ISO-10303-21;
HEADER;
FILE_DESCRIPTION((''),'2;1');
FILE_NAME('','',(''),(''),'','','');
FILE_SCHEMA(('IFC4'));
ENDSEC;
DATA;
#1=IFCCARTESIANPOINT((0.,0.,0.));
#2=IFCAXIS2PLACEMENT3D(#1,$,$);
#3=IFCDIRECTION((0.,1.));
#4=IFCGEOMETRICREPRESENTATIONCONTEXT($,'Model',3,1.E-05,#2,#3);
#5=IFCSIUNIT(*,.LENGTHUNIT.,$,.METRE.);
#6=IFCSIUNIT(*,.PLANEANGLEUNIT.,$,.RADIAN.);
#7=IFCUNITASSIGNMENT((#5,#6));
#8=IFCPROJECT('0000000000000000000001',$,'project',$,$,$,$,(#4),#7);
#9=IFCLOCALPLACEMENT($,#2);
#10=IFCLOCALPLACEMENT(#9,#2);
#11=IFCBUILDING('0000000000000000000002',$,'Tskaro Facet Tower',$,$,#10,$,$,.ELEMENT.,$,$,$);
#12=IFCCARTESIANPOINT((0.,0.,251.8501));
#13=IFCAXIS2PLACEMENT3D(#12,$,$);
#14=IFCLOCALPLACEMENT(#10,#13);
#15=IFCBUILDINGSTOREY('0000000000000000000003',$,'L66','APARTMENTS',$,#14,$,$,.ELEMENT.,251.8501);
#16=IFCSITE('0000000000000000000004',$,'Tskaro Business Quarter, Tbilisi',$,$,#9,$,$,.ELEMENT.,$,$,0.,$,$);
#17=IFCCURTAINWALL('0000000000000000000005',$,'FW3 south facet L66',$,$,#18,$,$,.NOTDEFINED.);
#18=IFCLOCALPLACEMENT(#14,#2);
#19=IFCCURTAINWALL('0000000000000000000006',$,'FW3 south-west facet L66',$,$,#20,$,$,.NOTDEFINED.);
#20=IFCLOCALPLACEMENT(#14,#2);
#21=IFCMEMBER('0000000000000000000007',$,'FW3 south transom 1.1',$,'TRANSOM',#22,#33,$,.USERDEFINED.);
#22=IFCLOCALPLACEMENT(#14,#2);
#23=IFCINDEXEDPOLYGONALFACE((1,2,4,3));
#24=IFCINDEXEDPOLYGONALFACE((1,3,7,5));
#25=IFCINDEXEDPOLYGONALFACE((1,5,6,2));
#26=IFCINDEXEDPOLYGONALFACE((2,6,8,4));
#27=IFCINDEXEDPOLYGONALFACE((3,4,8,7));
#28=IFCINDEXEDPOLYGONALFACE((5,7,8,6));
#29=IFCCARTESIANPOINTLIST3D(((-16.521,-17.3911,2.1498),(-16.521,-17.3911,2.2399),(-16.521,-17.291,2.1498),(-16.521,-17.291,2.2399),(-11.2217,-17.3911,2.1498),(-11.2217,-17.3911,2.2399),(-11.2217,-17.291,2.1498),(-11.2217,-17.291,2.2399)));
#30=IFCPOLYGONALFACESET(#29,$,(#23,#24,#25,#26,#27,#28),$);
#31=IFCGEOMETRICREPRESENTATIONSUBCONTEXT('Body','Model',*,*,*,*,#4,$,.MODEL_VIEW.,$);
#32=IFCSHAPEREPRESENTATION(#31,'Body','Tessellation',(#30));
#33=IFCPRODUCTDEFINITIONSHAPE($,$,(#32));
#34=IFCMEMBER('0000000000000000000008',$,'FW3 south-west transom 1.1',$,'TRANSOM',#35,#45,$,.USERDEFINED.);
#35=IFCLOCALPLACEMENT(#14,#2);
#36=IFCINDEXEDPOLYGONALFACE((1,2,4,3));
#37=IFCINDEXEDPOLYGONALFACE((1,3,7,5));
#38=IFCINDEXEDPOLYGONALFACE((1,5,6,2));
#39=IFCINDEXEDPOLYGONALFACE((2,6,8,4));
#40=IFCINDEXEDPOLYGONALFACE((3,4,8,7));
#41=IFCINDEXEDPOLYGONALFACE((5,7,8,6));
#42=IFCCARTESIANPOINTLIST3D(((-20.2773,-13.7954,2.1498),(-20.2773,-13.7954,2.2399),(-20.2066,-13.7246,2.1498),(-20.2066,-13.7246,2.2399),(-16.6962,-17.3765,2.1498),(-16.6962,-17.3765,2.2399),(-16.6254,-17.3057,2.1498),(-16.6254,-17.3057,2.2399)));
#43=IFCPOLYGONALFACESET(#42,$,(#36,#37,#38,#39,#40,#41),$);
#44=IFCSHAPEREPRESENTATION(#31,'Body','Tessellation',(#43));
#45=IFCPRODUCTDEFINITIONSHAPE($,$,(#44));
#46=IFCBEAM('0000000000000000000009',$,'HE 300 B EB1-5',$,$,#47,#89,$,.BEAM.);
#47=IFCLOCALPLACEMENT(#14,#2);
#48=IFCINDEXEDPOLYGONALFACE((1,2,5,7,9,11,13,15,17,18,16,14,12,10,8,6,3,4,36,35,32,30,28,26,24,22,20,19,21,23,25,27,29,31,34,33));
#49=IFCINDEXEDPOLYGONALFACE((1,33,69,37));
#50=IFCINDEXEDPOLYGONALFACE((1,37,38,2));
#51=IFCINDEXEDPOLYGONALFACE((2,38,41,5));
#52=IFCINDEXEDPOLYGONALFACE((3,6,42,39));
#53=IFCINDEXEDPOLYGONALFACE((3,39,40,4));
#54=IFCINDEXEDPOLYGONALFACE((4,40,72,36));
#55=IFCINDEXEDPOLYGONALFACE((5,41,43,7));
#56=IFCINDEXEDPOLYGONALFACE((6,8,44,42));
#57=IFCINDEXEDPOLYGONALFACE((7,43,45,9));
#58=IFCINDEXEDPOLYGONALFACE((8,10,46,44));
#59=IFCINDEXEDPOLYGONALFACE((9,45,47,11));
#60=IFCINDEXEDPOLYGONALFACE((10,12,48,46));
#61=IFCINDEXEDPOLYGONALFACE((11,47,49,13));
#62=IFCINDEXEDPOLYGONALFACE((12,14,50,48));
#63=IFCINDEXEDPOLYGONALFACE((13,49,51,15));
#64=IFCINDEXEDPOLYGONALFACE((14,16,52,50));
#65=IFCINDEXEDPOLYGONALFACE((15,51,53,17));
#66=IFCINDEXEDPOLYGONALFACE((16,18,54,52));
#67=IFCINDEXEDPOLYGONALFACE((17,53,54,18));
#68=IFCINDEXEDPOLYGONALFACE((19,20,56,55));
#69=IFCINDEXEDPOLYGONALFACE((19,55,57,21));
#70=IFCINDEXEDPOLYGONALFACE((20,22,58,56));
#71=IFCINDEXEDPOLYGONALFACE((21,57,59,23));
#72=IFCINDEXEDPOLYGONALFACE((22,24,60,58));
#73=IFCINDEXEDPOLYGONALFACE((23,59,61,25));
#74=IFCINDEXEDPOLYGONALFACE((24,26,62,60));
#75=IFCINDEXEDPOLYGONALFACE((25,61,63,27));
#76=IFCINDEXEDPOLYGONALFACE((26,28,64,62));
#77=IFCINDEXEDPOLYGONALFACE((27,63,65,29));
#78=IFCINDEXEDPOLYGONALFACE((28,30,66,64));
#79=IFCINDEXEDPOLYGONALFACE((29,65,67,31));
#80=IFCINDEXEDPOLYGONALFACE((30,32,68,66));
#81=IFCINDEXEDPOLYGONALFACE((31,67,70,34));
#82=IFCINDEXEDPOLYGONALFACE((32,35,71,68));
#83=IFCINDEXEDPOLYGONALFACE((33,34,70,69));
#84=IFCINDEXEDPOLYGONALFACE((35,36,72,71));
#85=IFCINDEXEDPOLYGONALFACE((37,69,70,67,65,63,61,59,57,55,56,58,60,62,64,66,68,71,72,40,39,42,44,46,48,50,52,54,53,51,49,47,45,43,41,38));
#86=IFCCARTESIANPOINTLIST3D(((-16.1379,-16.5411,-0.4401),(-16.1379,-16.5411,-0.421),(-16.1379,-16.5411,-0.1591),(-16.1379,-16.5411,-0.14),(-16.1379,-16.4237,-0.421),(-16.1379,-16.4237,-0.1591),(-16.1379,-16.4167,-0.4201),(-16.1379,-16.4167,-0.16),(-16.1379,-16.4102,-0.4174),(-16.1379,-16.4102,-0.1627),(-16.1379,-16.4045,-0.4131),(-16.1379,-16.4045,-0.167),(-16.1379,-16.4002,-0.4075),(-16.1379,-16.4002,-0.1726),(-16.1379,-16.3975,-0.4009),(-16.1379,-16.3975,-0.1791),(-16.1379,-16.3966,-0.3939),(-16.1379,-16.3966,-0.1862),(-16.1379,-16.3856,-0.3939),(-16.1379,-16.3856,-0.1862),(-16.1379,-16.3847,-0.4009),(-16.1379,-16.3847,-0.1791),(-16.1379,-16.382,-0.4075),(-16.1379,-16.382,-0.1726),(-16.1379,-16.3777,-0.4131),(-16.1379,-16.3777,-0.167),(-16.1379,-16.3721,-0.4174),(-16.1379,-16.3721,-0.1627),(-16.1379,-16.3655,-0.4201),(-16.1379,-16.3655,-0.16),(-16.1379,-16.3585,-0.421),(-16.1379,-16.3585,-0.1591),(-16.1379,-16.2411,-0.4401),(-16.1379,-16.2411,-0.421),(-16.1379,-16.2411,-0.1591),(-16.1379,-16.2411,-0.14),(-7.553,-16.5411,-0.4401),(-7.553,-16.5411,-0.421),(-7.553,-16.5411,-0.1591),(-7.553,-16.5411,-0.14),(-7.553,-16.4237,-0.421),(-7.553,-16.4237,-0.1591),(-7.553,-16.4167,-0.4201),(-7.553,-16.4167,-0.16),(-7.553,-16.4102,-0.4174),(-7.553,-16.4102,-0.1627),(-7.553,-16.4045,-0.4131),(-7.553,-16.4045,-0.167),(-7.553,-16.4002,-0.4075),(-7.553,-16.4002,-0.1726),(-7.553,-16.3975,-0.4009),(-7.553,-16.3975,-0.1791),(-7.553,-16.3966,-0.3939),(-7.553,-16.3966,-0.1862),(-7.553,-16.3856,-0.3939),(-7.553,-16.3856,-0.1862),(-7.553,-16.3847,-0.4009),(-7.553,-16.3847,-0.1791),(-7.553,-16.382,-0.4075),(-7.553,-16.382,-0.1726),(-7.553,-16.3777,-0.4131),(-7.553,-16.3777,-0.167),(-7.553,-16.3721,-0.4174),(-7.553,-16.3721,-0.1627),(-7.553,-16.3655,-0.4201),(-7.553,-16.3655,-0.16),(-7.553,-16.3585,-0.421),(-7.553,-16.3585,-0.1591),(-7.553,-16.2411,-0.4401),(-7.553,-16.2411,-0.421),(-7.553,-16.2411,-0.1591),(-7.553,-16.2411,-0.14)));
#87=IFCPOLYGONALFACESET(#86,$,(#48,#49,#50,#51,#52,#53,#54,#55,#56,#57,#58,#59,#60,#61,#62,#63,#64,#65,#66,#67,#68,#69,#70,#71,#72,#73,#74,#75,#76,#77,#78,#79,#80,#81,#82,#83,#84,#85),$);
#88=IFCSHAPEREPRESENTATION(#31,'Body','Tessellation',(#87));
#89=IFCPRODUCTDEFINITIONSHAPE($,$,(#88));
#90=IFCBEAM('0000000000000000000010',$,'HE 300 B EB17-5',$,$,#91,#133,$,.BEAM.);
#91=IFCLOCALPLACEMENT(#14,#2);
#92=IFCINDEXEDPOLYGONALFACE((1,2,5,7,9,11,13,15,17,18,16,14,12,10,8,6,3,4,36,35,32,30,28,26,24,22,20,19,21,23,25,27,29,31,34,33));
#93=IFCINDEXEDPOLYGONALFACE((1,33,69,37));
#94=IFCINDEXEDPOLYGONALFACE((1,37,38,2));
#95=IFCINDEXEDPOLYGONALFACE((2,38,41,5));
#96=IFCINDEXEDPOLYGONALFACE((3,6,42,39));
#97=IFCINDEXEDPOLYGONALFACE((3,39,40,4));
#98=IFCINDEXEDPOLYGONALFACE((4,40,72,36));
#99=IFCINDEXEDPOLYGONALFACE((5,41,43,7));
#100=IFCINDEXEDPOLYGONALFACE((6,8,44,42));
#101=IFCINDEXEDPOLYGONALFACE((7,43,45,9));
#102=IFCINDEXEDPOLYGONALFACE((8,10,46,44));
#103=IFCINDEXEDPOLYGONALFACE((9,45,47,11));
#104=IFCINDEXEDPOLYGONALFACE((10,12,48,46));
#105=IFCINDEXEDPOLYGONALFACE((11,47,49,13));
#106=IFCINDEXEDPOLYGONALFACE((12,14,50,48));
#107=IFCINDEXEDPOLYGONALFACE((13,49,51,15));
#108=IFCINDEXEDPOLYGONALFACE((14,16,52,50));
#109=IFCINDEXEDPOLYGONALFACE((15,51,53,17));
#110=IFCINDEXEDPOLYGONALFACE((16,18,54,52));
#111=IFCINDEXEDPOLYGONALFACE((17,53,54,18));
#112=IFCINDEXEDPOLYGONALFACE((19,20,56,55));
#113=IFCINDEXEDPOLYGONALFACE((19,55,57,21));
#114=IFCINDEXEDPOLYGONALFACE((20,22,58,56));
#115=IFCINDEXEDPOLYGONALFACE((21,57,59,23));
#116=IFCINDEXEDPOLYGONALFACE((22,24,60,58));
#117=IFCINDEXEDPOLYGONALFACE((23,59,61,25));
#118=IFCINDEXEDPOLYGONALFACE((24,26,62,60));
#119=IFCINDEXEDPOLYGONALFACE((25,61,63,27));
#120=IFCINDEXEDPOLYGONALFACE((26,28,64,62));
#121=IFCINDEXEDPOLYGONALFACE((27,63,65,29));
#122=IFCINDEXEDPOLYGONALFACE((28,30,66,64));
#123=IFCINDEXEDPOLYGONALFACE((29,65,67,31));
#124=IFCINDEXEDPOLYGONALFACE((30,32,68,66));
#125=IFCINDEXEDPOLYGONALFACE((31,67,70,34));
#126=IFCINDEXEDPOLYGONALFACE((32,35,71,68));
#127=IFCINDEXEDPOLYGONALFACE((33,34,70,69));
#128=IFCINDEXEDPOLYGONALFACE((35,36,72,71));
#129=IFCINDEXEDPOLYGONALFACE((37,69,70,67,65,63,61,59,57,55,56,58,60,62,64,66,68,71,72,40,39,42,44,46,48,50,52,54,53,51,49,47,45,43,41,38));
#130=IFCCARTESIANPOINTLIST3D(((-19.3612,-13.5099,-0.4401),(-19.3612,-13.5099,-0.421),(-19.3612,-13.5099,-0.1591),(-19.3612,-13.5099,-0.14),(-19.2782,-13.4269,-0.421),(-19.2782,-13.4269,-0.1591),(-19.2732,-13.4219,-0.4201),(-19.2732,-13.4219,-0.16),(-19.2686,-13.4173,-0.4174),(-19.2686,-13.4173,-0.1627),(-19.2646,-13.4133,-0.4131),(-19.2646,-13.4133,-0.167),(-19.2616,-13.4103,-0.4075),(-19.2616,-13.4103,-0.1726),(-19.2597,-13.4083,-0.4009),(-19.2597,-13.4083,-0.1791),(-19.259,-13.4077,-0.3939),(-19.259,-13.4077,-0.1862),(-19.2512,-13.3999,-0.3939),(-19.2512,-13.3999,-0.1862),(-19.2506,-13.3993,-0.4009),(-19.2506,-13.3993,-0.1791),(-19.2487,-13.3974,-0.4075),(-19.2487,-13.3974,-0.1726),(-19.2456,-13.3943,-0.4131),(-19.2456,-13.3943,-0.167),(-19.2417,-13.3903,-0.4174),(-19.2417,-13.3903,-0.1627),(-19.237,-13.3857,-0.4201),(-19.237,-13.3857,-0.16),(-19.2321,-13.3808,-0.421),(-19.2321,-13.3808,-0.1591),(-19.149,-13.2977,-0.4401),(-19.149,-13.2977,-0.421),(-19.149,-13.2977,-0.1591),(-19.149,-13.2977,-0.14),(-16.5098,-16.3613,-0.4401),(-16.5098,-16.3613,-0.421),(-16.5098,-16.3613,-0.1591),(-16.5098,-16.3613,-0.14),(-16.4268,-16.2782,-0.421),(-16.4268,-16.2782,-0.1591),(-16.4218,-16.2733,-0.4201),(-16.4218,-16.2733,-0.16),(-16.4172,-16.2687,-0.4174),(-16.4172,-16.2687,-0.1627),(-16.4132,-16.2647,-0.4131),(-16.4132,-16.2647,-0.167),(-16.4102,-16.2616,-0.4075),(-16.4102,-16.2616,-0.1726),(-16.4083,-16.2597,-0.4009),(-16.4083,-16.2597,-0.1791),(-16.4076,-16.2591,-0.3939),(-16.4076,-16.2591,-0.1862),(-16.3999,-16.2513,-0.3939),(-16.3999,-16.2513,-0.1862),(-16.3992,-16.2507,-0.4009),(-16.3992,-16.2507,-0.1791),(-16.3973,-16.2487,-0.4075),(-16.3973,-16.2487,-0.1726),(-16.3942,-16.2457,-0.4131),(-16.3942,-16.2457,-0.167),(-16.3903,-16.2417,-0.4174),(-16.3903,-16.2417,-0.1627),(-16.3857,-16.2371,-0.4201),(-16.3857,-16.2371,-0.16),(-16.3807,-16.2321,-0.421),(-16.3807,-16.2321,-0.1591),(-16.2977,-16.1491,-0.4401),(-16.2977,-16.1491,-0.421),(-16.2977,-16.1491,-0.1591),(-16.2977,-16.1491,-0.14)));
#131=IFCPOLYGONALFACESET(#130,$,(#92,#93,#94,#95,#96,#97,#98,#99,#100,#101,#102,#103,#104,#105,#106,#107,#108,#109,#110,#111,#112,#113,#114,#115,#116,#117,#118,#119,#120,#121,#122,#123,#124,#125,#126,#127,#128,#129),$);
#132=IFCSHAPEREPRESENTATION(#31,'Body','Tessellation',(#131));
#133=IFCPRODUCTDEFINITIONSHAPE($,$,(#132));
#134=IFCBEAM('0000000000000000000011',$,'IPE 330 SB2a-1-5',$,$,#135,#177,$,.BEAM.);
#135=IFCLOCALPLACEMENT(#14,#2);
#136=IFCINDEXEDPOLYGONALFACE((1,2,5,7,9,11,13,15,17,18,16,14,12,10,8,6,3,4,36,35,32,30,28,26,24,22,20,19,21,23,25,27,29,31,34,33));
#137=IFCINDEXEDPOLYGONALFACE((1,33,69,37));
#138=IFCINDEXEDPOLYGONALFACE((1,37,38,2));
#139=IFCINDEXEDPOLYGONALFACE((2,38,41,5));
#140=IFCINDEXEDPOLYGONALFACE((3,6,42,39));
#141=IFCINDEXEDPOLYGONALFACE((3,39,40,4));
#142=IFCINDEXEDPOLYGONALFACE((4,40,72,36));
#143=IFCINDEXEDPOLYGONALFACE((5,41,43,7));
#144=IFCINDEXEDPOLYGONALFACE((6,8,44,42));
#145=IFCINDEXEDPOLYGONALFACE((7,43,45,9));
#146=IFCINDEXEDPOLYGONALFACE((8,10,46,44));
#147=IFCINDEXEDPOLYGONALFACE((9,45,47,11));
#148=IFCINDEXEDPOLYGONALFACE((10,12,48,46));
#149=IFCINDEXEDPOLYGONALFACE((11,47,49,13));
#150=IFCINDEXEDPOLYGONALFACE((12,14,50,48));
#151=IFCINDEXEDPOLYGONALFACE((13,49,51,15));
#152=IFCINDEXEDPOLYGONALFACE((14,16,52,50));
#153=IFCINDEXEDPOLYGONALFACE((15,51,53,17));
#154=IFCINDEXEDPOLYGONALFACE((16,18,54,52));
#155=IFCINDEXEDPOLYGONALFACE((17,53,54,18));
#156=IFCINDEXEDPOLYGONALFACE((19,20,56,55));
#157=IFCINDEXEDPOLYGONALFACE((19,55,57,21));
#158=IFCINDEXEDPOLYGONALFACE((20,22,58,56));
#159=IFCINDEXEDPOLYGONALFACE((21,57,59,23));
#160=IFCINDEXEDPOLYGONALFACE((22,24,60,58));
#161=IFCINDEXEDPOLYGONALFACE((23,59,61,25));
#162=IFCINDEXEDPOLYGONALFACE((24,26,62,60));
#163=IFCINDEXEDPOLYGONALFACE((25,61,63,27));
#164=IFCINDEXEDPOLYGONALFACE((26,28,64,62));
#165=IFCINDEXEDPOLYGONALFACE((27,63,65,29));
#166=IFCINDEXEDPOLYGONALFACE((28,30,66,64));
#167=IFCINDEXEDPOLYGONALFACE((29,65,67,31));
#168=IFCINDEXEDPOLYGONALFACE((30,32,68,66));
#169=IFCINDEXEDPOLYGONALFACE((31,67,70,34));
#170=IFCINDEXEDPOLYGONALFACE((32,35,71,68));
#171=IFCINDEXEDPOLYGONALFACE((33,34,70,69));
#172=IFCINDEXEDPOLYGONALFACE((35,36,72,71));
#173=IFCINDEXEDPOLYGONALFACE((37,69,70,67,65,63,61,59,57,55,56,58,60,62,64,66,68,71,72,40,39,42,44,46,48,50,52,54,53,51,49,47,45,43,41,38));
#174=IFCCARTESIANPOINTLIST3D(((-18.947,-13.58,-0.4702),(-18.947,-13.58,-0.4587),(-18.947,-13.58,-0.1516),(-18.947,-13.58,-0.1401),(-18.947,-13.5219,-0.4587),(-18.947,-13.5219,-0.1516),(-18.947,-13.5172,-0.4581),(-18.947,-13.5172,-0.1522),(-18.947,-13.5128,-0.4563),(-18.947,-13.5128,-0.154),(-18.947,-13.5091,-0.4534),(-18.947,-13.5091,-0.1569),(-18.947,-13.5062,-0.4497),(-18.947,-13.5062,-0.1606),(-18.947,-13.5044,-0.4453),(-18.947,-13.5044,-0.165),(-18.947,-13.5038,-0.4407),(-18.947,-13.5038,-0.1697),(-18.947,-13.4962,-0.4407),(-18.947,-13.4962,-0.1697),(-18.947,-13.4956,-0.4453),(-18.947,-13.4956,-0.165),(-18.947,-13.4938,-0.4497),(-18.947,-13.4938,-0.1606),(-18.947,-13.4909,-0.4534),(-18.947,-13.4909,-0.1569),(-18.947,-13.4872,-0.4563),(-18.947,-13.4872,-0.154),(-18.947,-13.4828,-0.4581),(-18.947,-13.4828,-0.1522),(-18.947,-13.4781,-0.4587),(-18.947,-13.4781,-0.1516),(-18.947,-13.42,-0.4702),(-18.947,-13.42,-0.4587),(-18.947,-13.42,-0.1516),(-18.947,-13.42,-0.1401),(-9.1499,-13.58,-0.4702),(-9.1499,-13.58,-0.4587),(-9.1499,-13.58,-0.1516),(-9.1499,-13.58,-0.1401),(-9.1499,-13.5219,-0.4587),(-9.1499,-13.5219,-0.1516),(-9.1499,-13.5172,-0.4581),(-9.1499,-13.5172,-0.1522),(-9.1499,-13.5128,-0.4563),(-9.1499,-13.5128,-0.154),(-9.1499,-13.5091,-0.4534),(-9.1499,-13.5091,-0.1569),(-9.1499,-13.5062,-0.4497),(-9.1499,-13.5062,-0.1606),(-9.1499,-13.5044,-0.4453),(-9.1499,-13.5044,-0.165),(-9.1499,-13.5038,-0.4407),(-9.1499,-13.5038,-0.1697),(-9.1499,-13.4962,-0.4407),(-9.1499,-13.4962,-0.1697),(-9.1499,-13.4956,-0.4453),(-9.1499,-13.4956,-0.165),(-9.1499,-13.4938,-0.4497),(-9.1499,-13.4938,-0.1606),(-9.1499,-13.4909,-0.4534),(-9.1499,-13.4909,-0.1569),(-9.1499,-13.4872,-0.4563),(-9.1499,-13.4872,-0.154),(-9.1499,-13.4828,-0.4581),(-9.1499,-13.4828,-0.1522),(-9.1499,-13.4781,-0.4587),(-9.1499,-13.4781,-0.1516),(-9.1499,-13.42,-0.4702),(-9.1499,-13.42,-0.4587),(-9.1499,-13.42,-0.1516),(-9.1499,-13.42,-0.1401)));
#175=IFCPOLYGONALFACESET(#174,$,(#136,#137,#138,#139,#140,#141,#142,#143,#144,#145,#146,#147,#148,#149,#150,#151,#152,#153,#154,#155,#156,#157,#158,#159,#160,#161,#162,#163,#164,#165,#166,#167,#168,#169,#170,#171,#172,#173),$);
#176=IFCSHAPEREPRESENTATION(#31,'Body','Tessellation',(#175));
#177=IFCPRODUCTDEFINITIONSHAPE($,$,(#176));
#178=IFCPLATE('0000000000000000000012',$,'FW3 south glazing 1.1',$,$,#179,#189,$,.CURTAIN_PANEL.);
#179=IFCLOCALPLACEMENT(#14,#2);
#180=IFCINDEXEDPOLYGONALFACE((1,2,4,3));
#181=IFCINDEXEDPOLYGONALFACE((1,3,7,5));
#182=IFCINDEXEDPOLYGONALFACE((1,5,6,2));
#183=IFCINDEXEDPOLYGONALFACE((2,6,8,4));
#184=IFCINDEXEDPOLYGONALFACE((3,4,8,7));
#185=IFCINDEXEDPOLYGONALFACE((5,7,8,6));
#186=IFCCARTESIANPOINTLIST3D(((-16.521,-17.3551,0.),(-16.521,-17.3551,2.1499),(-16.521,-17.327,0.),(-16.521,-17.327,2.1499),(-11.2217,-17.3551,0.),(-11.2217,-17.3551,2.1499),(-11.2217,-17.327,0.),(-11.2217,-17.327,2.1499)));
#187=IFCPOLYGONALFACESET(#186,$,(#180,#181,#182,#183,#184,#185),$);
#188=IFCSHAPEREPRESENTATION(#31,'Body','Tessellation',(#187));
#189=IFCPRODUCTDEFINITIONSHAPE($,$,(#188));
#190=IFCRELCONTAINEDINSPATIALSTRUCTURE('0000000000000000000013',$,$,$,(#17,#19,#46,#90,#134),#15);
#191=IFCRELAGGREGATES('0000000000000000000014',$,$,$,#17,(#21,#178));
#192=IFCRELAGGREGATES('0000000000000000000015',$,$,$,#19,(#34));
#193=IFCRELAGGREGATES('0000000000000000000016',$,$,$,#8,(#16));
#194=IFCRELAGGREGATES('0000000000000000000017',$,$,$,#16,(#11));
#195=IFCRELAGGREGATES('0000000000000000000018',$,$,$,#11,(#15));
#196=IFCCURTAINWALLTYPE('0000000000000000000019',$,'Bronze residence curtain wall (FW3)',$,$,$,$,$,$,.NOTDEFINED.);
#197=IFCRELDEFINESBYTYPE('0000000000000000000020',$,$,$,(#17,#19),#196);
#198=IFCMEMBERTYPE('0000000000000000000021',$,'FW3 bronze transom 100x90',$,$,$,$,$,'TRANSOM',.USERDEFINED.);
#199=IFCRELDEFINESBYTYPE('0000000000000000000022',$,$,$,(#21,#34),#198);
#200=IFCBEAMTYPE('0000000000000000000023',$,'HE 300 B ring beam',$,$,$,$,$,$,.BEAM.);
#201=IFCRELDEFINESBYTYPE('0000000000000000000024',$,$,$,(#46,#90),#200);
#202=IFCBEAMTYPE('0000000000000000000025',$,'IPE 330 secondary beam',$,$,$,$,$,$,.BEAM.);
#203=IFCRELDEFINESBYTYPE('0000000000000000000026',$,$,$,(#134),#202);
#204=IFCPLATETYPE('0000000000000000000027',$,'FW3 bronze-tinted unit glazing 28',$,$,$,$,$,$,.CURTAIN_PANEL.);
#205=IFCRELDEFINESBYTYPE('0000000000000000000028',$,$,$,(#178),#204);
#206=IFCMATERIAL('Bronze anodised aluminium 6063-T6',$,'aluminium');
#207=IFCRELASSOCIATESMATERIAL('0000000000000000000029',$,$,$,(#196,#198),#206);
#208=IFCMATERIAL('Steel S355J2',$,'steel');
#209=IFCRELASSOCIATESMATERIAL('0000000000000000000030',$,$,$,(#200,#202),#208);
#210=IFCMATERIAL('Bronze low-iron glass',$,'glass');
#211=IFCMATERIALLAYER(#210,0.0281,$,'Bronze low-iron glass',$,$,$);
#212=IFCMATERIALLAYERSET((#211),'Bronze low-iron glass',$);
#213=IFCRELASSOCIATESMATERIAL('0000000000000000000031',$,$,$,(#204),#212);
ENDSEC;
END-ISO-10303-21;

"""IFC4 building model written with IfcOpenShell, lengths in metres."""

from ifc_helpers import new_model, si_unit, direction, frame, origin, origin_2d, place, context, subcontext, project, spatial, rectangle, i_section, extrude, material, layer, layer_set, material_profile, profile_set, type_object, element, aggregate, save


model = new_model("IFC4")

# Units and contexts
model_context = context("Model", 3, precision=1e-05, world=origin(), true_north=direction((0.0, 1.0)))
body_context = subcontext(model_context, "Body", "Model", "MODEL_VIEW")
ifc_project = project(units=[si_unit("LENGTHUNIT", "METRE"), si_unit("PLANEANGLEUNIT", "RADIAN")], contexts=[model_context])

# Site, building, storey
site_placement = place(None, origin())
site = spatial("IfcSite", under=ifc_project, at=site_placement, Name="Tskaro Business Quarter, Tbilisi", CompositionType="ELEMENT", RefElevation=0.0)
building_placement = place(site_placement, origin())
building = spatial("IfcBuilding", under=site, at=building_placement, Name="Tskaro Facet Tower", CompositionType="ELEMENT")
storey_placement = place(building_placement, frame((0.0, 0.0, 251.8501)))
storey = spatial("IfcBuildingStorey", under=building, at=storey_placement, Name="L66", Description="APARTMENTS", CompositionType="ELEMENT", Elevation=251.8501)

# Shared definitions
ifc_material_1 = material(Name="Steel S355J2", Category="steel")

# Curtain walls
ifc_material_2 = material(Name="Bronze anodised aluminium 6063-T6", Category="aluminium")
curtain_wall_type = type_object("IfcCurtainWallType", Name="Bronze residence curtain wall (FW3)", PredefinedType="NOTDEFINED", material=ifc_material_2)
curtain_wall_1_placement = place(storey_placement, origin())
curtain_wall_1 = element("IfcCurtainWall", 1, at=curtain_wall_1_placement, inside=storey, type_object=curtain_wall_type, Name="FW3 south facet L66", PredefinedType="NOTDEFINED")
curtain_wall_2_placement = place(storey_placement, origin())
curtain_wall_2 = element("IfcCurtainWall", 2, at=curtain_wall_2_placement, inside=storey, type_object=curtain_wall_type, Name="FW3 south-west facet L66", PredefinedType="NOTDEFINED")

# Members
ifc_material_profile_1 = material_profile(ifc_material_2, rectangle(XDim=0.1001, YDim=0.0901, at=origin_2d()), Name="Transom 100x90")
ifc_profile_set_1 = profile_set([ifc_material_profile_1], Name="Bronze anodised aluminium 6063-T6")
member_type_1 = type_object("IfcMemberType", Name="FW3 bronze transom 100x90", ElementType="TRANSOM", PredefinedType="USERDEFINED", material=ifc_profile_set_1)
member_1_placement = place(storey_placement, frame((-16.521, -17.3411, 2.1948), z_axis=(1.0, 0.0, 0.0), x_axis=(0.0, 1.0, 0.0)))
member_1 = element("IfcMember", 3, at=member_1_placement, type_object=member_type_1, Name="FW3 south transom 1.1", ObjectType="TRANSOM", PredefinedType="USERDEFINED", context=body_context, shape_type="SweptSolid", body=[
    extrude(rectangle(XDim=0.1001, YDim=0.0901, at=origin_2d()), origin(), (0.0, 0.0, 1.0), 5.2993),
])
member_2_placement = place(storey_placement, frame((-20.2419, -13.76, 2.1948), z_axis=(0.707107, -0.707107, 0.0), x_axis=(0.707107, 0.707107, 0.0)))
member_2 = element("IfcMember", 4, at=member_2_placement, type_object=member_type_1, Name="FW3 south-west transom 1.1", ObjectType="TRANSOM", PredefinedType="USERDEFINED", context=body_context, shape_type="SweptSolid", body=[
    extrude(rectangle(XDim=0.1001, YDim=0.0901, at=origin_2d()), origin(), (0.0, 0.0, 1.0), 5.0645),
])

# Beams
ifc_material_profile_2 = material_profile(ifc_material_1, i_section(OverallWidth=0.3, OverallDepth=0.3, WebThickness=0.011, FlangeThickness=0.019, FilletRadius=0.0271, at=origin_2d()), Name="HE 300 B")
ifc_profile_set_2 = profile_set([ifc_material_profile_2], Name="Steel S355J2")
beam_type_1 = type_object("IfcBeamType", Name="HE 300 B ring beam", PredefinedType="BEAM", material=ifc_profile_set_2)
beam_1_placement = place(storey_placement, frame((-16.1379, -16.3911, -0.29), z_axis=(1.0, 0.0, 0.0), x_axis=(0.0, 1.0, 0.0)))
element("IfcBeam", 5, at=beam_1_placement, inside=storey, type_object=beam_type_1, Name="HE 300 B EB1-5", PredefinedType="BEAM", context=body_context, shape_type="SweptSolid", body=[
    extrude(i_section(OverallWidth=0.3, OverallDepth=0.3, WebThickness=0.011, FlangeThickness=0.019, FilletRadius=0.0271, at=origin_2d()), origin(), (0.0, 0.0, 1.0), 8.585),
])
beam_2_placement = place(storey_placement, frame((-19.2551, -13.4038, -0.29), z_axis=(0.707107, -0.707107, 0.0), x_axis=(0.707107, 0.707107, 0.0)))
element("IfcBeam", 6, at=beam_2_placement, inside=storey, type_object=beam_type_1, Name="HE 300 B EB17-5", PredefinedType="BEAM", context=body_context, shape_type="SweptSolid", body=[
    extrude(i_section(OverallWidth=0.3, OverallDepth=0.3, WebThickness=0.011, FlangeThickness=0.019, FilletRadius=0.0271, at=origin_2d()), origin(), (0.0, 0.0, 1.0), 4.0325),
])
ifc_material_profile_3 = material_profile(ifc_material_1, i_section(OverallWidth=0.1599, OverallDepth=0.3301, WebThickness=0.0076, FlangeThickness=0.0115, FilletRadius=0.0181, at=origin_2d()), Name="IPE 330")
ifc_profile_set_3 = profile_set([ifc_material_profile_3], Name="Steel S355J2")
beam_type_2 = type_object("IfcBeamType", Name="IPE 330 secondary beam", PredefinedType="BEAM", material=ifc_profile_set_3)
beam_3_placement = place(storey_placement, frame((-18.947, -13.5, -0.3052), z_axis=(1.0, 0.0, 0.0), x_axis=(0.0, 1.0, 0.0)))
element("IfcBeam", 7, at=beam_3_placement, inside=storey, type_object=beam_type_2, Name="IPE 330 SB2a-1-5", PredefinedType="BEAM", context=body_context, shape_type="SweptSolid", body=[
    extrude(i_section(OverallWidth=0.1599, OverallDepth=0.3301, WebThickness=0.0076, FlangeThickness=0.0115, FilletRadius=0.0181, at=origin_2d()), origin(), (0.0, 0.0, 1.0), 9.7971),
])

# Plate
ifc_material_3 = material(Name="Bronze low-iron glass", Category="glass")
ifc_layer_1 = layer(ifc_material_3, 0.0281, Name="Bronze low-iron glass")
ifc_layer_set_1 = layer_set([ifc_layer_1], Name="Bronze low-iron glass")
plate_type = type_object("IfcPlateType", Name="FW3 bronze-tinted unit glazing 28", PredefinedType="CURTAIN_PANEL", material=ifc_layer_set_1)
plate_1_placement = place(storey_placement, frame((-13.8713, -17.3411, 0.0), z_axis=(0.0, 0.0, 1.0), x_axis=(1.0, 0.0, 0.0)))
plate_1 = element("IfcPlate", 8, at=plate_1_placement, type_object=plate_type, Name="FW3 south glazing 1.1", PredefinedType="CURTAIN_PANEL", context=body_context, shape_type="SweptSolid", body=[
    extrude(rectangle(XDim=5.2993, YDim=0.0281, at=origin_2d()), origin(), (0.0, 0.0, 1.0), 2.1499),
])
aggregate(curtain_wall_1, [member_1, plate_1])
aggregate(curtain_wall_2, [member_2])

save(model, "model.ifc")
